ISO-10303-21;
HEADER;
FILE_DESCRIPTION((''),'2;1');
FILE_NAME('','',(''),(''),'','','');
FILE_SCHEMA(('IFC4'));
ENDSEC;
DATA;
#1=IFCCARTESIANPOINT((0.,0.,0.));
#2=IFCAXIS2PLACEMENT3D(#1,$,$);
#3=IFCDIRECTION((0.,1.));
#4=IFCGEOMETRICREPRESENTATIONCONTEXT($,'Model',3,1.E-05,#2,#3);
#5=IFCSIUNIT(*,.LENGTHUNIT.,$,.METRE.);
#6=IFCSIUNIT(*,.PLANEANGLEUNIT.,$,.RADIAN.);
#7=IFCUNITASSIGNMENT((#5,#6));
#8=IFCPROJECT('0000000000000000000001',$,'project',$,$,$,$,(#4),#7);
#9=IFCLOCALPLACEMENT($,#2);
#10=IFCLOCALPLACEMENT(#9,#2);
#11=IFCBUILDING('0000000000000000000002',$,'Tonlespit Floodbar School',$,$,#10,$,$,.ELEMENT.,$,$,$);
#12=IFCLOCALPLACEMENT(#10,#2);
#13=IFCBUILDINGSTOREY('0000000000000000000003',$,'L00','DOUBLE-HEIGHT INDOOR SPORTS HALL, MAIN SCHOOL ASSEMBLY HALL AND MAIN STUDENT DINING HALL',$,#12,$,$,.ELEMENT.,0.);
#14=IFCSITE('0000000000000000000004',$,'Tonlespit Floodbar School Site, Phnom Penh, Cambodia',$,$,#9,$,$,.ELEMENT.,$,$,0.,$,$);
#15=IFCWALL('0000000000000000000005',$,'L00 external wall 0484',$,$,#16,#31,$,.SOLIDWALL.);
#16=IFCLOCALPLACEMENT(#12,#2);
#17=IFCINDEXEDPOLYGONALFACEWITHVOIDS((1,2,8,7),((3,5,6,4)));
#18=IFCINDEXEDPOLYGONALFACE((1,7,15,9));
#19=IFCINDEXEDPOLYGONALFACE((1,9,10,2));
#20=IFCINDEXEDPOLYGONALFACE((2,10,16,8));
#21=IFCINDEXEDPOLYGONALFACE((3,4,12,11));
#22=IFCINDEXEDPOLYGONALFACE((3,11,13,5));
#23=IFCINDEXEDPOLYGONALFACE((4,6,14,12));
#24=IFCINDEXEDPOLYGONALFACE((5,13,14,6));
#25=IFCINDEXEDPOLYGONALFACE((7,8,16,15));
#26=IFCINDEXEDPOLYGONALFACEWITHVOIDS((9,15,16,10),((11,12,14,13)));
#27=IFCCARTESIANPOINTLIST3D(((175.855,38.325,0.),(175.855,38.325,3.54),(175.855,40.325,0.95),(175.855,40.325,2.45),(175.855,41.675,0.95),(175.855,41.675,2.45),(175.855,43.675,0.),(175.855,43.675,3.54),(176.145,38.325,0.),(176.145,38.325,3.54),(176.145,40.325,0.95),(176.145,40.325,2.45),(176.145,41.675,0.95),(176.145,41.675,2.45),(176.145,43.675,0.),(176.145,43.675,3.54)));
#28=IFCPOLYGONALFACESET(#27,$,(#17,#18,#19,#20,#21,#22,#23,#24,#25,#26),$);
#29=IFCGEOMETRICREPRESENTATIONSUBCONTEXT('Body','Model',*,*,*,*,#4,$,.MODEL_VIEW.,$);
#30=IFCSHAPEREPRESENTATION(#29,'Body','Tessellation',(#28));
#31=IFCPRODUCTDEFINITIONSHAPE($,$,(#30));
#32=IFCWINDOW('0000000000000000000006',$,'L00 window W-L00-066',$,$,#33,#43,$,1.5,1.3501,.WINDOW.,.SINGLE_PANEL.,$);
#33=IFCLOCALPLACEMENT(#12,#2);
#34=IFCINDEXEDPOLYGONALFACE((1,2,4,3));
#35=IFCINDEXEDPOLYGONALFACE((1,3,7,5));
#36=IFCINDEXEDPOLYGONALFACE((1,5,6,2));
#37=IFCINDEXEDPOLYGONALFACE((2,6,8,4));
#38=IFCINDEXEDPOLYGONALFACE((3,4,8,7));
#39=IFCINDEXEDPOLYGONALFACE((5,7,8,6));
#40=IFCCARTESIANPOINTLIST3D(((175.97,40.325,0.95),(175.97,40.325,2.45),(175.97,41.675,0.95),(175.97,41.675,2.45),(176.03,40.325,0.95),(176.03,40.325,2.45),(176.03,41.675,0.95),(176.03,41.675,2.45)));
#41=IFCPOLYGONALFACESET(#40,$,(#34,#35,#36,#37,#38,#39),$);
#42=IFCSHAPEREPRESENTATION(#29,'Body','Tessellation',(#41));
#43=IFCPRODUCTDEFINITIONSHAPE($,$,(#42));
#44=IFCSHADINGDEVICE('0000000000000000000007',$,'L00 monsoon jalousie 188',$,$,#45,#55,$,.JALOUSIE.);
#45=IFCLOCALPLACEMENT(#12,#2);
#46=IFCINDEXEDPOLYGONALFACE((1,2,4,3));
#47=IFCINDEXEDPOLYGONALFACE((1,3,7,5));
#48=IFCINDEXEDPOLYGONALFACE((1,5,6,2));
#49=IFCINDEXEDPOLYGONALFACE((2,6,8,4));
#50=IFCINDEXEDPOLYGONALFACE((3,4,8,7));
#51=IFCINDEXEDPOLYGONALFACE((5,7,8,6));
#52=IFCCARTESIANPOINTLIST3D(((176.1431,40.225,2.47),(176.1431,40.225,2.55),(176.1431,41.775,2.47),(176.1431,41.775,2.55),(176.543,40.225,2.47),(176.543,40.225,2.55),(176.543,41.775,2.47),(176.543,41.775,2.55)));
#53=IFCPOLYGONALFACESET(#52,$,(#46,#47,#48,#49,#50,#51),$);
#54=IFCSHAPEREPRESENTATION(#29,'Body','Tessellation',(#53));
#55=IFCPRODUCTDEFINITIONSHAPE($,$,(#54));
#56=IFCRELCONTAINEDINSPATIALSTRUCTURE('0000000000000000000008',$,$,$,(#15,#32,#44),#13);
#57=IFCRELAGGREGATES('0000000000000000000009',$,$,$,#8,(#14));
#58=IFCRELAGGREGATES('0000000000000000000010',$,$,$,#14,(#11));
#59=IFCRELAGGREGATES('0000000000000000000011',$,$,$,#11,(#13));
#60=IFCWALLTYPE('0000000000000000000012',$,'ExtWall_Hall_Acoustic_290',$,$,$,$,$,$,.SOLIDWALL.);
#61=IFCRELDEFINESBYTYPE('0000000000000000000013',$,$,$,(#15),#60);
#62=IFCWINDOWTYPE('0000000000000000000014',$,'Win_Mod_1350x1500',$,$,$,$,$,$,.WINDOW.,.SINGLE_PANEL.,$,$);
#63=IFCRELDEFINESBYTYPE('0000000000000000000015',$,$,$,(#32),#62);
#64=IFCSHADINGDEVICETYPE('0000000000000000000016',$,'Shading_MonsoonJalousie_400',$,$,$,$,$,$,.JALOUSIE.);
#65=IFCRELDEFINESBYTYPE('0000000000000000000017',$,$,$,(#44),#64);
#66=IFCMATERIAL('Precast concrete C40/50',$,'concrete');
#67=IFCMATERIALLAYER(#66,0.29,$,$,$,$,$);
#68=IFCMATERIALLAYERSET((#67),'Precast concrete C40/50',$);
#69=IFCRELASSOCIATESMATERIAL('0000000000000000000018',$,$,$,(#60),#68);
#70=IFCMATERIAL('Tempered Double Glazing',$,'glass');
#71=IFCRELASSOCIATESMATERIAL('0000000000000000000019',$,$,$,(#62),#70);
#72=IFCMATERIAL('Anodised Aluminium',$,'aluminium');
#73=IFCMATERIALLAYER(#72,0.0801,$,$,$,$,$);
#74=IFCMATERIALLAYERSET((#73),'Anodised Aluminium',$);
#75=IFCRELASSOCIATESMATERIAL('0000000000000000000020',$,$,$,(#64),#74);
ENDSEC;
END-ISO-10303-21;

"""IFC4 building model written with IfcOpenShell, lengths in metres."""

from ifc_helpers import new_model, si_unit, direction, frame, frame_2d, origin, origin_2d, place, context, subcontext, project, spatial, rectangle, extrude, material, layer, layer_set, type_object, element, fill, save


model = new_model("IFC4")

# Units and contexts
model_context = context("Model", 3, precision=1e-05, world=origin(), true_north=direction((0.0, 1.0)))
body_context = subcontext(model_context, "Body", "Model", "MODEL_VIEW")
ifc_project = project(units=[si_unit("LENGTHUNIT", "METRE"), si_unit("PLANEANGLEUNIT", "RADIAN")], contexts=[model_context])

# Site, building, storey
site_placement = place(None, origin())
site = spatial("IfcSite", under=ifc_project, at=site_placement, Name="Tonlespit Floodbar School Site, Phnom Penh, Cambodia", CompositionType="ELEMENT", RefElevation=0.0)
building_placement = place(site_placement, origin())
building = spatial("IfcBuilding", under=site, at=building_placement, Name="Tonlespit Floodbar School", CompositionType="ELEMENT")
storey_placement = place(building_placement, origin())
storey = spatial("IfcBuildingStorey", under=building, at=storey_placement, Name="L00", Description="DOUBLE-HEIGHT INDOOR SPORTS HALL, MAIN SCHOOL ASSEMBLY HALL AND MAIN STUDENT DINING HALL", CompositionType="ELEMENT", Elevation=0.0)

# Shared definitions
ifc_material_1 = material(Name="Anodised Aluminium", Category="aluminium")

# Wall, opening, window
ifc_material_2 = material(Name="Precast concrete C40/50", Category="concrete")
ifc_layer_1 = layer(ifc_material_2, 0.29)
ifc_layer_set_1 = layer_set([ifc_layer_1], Name="Precast concrete C40/50")
wall_type = type_object("IfcWallType", Name="ExtWall_Hall_Acoustic_290", PredefinedType="SOLIDWALL", material=ifc_layer_set_1)
wall_placement = place(storey_placement, frame((176.0, 43.675, 0.0), z_axis=(0.0, 0.0, 1.0), x_axis=(0.0, -1.0, 0.0)))
wall = element("IfcWall", 1, at=wall_placement, inside=storey, type_object=wall_type, Name="L00 external wall 0484", PredefinedType="SOLIDWALL", context=body_context, shape_type="SweptSolid", body=[
    extrude(rectangle(XDim=5.3501, YDim=0.29, at=frame_2d((2.675, 0.0))), origin(), (0.0, 0.0, 1.0), 3.54),
])
opening_placement = place(wall_placement, frame((2.0, 0.0, 0.95)))
opening = element("IfcOpeningElement", 2, at=opening_placement, cuts=wall, PredefinedType="OPENING", context=body_context, shape_type="SweptSolid", body=[
    extrude(rectangle(XDim=1.3501, YDim=1.5, at=frame_2d((0.675, 0.75))), frame((0.0, 0.155, 0.0), z_axis=(0.0, -1.0, 0.0), x_axis=(1.0, 0.0, 0.0)), (0.0, 0.0, 1.0), 0.3101),
])
ifc_material_3 = material(Name="Tempered Double Glazing", Category="glass")
window_type = type_object("IfcWindowType", Name="Win_Mod_1350x1500", PartitioningType="SINGLE_PANEL", PredefinedType="WINDOW", material=ifc_material_3)
window_placement = place(opening_placement, origin())
window = element("IfcWindow", 3, at=window_placement, inside=storey, type_object=window_type, Name="L00 window W-L00-066", OverallHeight=1.5, OverallWidth=1.3501, PartitioningType="SINGLE_PANEL", PredefinedType="WINDOW", context=body_context, shape_type="SweptSolid", body=[
    extrude(rectangle(XDim=1.3501, YDim=1.5, at=frame_2d((0.675, 0.75))), frame((0.0, 0.03, 0.0), z_axis=(0.0, -1.0, 0.0), x_axis=(1.0, 0.0, 0.0)), (0.0, 0.0, 1.0), 0.0601),
])
fill(opening, window)

# Shading device
ifc_layer_2 = layer(ifc_material_1, 0.0801)
ifc_layer_set_2 = layer_set([ifc_layer_2], Name="Anodised Aluminium")
shading_device_type = type_object("IfcShadingDeviceType", Name="Shading_MonsoonJalousie_400", PredefinedType="JALOUSIE", material=ifc_layer_set_2)
shading_device_placement = place(storey_placement, frame((176.343, 41.0, 2.47), z_axis=(0.0, 0.0, 1.0), x_axis=(0.0, -1.0, 0.0)))
element("IfcShadingDevice", 4, at=shading_device_placement, inside=storey, type_object=shading_device_type, Name="L00 monsoon jalousie 188", PredefinedType="JALOUSIE", context=body_context, shape_type="SweptSolid", body=[
    extrude(rectangle(XDim=1.55, YDim=0.3999, at=origin_2d()), origin(), (0.0, 0.0, 1.0), 0.0801),
])

save(model, "model.ifc")
